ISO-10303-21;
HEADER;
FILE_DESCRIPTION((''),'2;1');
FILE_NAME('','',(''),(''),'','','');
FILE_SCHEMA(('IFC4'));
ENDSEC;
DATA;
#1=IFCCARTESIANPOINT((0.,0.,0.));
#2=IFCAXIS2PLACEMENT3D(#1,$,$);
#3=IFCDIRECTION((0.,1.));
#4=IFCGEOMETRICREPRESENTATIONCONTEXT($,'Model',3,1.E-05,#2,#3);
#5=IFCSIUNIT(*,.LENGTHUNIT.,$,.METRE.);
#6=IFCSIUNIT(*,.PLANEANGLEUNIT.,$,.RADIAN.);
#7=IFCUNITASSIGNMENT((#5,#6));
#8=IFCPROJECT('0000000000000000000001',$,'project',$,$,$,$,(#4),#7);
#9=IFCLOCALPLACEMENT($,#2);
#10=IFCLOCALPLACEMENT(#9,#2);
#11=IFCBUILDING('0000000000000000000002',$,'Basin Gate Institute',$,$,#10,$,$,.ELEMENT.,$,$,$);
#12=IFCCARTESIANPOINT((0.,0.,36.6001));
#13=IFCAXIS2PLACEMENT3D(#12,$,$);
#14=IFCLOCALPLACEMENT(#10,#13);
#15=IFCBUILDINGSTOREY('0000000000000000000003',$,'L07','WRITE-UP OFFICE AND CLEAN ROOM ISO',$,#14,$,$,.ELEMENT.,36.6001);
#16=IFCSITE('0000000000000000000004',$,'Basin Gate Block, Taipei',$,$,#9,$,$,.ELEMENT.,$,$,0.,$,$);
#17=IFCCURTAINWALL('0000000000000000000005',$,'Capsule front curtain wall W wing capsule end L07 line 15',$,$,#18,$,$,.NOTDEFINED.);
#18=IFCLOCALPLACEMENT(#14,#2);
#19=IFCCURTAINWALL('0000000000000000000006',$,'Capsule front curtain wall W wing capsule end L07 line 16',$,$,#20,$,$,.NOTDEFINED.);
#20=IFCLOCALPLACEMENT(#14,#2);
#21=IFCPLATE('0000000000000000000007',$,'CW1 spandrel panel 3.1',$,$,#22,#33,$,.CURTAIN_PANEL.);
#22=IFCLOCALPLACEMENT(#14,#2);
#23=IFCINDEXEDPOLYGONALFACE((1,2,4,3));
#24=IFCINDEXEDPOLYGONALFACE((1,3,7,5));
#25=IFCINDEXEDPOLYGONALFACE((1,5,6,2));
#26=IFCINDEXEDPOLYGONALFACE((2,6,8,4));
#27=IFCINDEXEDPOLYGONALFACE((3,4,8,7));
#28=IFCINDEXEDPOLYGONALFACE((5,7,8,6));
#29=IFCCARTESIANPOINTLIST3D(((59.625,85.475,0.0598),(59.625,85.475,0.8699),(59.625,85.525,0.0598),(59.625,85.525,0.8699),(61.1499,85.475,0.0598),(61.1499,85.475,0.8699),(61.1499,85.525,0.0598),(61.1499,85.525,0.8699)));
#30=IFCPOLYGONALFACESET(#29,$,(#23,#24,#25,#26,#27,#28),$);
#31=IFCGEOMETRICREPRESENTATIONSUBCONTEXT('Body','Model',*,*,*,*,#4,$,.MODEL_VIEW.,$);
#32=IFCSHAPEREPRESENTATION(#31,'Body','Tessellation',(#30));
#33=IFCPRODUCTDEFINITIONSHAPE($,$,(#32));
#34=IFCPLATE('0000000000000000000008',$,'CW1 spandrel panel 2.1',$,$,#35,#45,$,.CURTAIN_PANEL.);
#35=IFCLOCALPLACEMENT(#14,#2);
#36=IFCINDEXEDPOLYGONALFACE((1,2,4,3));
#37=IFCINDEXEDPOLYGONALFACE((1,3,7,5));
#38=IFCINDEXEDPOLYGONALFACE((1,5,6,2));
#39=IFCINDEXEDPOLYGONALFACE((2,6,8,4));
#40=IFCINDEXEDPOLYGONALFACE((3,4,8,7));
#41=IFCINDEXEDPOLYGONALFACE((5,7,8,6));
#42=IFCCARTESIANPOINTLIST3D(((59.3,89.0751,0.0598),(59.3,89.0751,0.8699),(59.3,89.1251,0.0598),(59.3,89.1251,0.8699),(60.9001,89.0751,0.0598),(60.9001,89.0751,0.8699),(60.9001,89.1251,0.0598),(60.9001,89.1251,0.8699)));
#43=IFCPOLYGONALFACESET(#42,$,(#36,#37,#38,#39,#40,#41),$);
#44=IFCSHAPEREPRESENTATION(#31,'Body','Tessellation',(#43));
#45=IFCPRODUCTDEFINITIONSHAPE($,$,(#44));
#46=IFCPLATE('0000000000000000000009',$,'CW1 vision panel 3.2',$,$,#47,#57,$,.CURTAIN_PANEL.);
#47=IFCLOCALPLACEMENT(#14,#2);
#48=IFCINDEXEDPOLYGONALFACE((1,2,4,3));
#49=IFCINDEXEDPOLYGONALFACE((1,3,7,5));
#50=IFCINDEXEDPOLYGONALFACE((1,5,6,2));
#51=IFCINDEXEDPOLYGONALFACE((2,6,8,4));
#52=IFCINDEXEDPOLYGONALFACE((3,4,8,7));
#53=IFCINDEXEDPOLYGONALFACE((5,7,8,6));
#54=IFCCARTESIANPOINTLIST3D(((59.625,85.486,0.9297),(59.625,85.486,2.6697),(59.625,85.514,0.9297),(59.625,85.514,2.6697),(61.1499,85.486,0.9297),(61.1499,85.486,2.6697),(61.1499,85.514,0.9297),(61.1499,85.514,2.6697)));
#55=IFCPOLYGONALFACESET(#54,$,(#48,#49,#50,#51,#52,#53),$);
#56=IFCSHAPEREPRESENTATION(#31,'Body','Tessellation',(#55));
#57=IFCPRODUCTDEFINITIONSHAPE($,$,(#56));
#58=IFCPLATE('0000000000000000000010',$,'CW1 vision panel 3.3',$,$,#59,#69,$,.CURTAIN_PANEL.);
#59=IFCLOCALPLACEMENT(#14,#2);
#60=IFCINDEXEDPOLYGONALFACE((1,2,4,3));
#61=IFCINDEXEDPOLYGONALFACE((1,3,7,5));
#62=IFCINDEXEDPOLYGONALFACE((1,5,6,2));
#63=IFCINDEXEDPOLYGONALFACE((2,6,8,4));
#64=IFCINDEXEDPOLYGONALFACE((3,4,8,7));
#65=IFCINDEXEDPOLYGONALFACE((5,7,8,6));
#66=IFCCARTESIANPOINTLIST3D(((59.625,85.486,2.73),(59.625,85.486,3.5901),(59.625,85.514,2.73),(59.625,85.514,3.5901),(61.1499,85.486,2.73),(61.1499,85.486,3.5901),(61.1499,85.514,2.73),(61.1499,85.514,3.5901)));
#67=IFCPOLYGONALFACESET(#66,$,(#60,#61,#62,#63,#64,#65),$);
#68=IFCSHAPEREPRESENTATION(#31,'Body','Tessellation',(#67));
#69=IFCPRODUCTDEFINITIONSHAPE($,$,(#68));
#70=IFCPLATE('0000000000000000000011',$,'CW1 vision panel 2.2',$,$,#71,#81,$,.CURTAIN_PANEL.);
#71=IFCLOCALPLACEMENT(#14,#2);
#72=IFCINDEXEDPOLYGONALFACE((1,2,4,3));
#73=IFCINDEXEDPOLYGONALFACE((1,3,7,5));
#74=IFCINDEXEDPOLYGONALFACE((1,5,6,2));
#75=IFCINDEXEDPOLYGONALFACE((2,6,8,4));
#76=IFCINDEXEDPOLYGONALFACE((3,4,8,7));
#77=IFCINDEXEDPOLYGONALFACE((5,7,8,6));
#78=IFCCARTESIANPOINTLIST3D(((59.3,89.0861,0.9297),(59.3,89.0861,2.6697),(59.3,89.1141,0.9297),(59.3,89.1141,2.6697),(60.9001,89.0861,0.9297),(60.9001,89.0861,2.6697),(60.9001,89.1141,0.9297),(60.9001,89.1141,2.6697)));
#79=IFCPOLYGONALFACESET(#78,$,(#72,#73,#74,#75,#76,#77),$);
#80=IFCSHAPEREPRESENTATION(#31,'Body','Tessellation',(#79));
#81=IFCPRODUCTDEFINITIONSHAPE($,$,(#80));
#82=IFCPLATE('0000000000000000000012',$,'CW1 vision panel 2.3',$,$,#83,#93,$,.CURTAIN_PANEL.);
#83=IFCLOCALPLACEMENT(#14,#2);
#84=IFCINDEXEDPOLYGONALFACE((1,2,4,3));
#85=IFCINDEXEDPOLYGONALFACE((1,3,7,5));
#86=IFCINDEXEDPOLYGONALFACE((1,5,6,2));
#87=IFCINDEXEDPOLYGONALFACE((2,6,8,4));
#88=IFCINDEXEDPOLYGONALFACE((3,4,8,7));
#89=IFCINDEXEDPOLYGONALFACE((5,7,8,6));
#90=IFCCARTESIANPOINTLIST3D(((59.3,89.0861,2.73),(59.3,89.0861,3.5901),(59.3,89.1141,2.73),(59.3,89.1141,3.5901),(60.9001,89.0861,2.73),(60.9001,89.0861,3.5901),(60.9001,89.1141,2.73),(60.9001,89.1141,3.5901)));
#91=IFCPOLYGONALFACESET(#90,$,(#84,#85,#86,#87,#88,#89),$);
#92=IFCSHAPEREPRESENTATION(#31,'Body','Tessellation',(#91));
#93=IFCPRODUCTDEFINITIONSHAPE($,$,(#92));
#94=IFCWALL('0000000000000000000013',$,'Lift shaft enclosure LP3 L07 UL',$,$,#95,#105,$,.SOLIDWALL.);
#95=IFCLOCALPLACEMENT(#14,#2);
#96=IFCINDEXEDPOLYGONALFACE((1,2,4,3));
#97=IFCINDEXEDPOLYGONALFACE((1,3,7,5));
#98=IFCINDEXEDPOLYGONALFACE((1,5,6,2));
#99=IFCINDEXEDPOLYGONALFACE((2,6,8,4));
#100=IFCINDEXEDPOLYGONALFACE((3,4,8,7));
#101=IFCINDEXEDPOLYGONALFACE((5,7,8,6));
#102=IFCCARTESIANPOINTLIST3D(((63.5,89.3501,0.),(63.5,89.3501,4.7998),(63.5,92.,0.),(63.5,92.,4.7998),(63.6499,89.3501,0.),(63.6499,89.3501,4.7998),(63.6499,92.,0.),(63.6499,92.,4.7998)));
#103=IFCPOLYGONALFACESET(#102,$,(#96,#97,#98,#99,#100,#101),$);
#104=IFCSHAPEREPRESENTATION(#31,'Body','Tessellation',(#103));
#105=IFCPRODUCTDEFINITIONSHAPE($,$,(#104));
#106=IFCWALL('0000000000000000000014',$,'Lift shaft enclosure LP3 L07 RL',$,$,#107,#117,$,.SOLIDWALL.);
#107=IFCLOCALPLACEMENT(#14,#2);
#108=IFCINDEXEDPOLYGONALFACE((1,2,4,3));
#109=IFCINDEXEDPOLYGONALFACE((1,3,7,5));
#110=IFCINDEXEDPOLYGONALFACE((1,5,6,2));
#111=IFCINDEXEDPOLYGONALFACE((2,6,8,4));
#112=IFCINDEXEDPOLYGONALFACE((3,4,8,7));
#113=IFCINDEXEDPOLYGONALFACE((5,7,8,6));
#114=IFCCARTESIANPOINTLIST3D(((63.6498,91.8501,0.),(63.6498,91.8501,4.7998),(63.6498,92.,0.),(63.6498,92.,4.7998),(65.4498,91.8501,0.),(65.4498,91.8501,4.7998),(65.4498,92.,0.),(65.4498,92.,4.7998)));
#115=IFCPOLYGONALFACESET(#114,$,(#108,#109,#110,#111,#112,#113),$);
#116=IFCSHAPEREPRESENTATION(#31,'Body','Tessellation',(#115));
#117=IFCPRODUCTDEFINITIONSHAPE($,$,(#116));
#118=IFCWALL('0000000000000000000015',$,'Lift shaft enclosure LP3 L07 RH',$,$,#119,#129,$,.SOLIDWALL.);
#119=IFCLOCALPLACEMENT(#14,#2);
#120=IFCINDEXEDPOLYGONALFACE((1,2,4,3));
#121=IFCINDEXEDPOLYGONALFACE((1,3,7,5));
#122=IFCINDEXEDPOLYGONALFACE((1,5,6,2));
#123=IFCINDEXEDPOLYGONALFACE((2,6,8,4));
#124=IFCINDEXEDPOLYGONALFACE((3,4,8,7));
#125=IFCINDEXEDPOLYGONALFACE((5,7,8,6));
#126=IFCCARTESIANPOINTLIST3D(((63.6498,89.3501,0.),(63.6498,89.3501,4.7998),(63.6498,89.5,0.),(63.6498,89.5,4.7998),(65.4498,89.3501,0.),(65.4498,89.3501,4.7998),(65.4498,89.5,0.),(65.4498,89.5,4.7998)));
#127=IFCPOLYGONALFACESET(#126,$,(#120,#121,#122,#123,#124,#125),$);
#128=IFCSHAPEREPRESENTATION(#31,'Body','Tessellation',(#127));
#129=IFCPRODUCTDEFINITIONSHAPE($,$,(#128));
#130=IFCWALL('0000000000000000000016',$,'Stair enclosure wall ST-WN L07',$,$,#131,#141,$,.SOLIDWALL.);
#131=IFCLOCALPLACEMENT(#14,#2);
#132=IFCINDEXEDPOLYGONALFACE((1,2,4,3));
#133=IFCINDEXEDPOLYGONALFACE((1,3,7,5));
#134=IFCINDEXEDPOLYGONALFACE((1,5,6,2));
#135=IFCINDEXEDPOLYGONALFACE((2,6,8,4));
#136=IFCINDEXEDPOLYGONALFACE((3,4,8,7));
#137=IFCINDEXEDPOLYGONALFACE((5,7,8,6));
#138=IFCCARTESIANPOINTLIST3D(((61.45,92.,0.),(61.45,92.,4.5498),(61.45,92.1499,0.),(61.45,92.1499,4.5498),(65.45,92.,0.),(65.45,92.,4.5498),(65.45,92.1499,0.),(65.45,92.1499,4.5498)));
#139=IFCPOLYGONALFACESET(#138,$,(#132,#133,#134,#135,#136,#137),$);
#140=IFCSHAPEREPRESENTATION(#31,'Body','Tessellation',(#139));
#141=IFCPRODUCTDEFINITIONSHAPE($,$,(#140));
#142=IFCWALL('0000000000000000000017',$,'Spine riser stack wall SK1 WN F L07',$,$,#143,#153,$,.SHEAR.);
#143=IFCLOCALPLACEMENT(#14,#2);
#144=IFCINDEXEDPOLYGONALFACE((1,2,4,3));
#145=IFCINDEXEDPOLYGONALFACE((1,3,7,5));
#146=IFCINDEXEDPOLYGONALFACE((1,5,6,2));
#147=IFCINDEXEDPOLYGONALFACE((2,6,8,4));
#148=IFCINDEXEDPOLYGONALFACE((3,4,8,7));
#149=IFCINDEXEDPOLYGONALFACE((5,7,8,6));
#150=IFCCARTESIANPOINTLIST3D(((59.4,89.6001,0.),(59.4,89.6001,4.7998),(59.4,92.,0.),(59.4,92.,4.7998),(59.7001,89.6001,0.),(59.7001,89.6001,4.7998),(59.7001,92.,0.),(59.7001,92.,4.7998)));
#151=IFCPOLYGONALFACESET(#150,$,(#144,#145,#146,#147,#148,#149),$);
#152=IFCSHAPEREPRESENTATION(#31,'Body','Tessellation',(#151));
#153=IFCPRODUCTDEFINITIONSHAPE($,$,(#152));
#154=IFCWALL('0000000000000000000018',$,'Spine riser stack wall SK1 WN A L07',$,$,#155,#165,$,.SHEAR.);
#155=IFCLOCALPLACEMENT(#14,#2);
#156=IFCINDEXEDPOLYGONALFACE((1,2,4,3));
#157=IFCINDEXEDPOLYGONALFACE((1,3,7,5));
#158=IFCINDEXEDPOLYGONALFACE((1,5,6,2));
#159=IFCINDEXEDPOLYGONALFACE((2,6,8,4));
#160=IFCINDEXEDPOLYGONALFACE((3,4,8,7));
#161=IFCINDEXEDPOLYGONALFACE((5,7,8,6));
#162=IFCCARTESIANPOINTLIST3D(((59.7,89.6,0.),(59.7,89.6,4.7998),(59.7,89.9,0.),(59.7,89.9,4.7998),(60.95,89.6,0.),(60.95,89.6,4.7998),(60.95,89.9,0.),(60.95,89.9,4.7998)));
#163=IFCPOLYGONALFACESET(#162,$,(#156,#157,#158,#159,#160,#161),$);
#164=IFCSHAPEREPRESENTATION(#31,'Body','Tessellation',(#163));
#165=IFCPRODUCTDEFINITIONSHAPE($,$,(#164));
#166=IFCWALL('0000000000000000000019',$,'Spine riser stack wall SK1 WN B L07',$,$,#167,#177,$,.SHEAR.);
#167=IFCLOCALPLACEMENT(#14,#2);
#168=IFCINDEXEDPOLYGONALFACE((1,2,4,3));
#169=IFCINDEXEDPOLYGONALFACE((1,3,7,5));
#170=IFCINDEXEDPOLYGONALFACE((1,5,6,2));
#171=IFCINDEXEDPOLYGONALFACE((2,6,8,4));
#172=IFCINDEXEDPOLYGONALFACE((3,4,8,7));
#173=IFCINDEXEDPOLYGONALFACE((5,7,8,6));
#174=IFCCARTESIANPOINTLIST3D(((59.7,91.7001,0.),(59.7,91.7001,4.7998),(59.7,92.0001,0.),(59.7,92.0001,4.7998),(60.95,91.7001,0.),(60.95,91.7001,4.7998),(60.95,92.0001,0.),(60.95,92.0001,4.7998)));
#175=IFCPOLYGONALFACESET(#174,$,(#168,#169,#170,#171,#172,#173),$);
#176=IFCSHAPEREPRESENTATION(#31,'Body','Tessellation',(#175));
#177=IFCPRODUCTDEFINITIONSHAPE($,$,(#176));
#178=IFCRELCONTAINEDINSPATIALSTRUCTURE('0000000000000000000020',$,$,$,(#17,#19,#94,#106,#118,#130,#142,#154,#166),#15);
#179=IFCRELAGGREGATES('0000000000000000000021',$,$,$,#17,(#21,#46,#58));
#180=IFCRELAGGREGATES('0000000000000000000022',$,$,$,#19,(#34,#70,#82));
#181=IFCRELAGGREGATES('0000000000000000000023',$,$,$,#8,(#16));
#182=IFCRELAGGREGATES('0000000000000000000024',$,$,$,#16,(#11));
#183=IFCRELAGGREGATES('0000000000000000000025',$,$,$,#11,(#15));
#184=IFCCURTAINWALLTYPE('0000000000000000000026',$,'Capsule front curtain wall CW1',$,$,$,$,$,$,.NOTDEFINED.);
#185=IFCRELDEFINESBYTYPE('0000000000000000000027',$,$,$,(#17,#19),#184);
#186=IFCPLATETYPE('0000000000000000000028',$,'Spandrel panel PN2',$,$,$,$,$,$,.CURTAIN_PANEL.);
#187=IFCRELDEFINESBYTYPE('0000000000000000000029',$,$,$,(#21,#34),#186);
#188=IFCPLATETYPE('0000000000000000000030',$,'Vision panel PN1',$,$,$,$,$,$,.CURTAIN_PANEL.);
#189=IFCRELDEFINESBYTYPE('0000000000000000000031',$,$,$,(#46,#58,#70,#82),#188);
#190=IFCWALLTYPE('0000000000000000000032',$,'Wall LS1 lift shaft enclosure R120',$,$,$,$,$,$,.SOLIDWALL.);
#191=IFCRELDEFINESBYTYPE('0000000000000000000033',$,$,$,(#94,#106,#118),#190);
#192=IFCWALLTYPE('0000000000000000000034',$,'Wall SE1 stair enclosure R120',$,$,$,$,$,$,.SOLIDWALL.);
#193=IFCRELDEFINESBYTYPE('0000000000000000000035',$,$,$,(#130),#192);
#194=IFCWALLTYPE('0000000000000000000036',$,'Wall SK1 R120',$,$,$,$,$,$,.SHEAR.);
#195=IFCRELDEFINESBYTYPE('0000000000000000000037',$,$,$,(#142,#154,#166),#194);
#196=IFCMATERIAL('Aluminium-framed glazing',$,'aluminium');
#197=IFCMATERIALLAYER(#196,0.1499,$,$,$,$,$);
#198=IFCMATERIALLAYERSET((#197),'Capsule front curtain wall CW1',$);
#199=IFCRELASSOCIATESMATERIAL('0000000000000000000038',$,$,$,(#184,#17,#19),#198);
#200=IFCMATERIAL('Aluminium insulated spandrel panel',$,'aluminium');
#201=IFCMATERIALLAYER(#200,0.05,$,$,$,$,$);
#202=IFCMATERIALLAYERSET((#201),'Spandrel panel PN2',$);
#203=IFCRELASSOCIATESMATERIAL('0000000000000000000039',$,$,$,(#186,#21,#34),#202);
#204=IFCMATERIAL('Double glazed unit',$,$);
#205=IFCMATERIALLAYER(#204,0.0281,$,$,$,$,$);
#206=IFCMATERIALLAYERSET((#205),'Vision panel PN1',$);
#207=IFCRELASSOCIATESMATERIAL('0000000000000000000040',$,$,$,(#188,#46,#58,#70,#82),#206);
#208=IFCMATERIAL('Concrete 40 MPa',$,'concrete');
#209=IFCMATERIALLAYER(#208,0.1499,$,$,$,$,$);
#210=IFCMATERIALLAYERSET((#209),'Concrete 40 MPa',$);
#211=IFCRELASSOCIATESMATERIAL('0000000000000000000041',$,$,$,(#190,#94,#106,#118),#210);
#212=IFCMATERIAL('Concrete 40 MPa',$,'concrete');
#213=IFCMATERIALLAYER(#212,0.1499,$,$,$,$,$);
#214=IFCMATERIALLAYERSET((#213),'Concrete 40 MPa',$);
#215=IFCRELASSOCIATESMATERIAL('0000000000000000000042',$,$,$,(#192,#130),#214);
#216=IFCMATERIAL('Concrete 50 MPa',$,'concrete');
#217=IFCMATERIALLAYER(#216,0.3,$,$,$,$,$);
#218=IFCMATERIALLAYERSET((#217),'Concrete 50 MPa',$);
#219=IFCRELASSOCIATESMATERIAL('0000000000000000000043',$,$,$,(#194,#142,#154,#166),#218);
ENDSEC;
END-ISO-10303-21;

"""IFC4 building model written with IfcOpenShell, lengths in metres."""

from ifc_helpers import new_model, si_unit, direction, frame, frame_2d, origin, origin_2d, place, context, subcontext, project, spatial, rectangle, extrude, material, layer, layer_set, type_object, element, aggregate, save


model = new_model("IFC4")

# Units and contexts
model_context = context("Model", 3, precision=1e-05, world=origin(), true_north=direction((0.0, 1.0)))
body_context = subcontext(model_context, "Body", "Model", "MODEL_VIEW")
ifc_project = project(units=[si_unit("LENGTHUNIT", "METRE"), si_unit("PLANEANGLEUNIT", "RADIAN")], contexts=[model_context])

# Site, building, storey
site_placement = place(None, origin())
site = spatial("IfcSite", under=ifc_project, at=site_placement, Name="Basin Gate Block, Taipei", CompositionType="ELEMENT", RefElevation=0.0)
building_placement = place(site_placement, origin())
building = spatial("IfcBuilding", under=site, at=building_placement, Name="Basin Gate Institute", CompositionType="ELEMENT")
storey_placement = place(building_placement, frame((0.0, 0.0, 36.6001)))
storey = spatial("IfcBuildingStorey", under=building, at=storey_placement, Name="L07", Description="WRITE-UP OFFICE AND CLEAN ROOM ISO", CompositionType="ELEMENT", Elevation=36.6001)

# Curtain walls
ifc_material_1 = material(Name="Aluminium-framed glazing", Category="aluminium")
ifc_layer_1 = layer(ifc_material_1, 0.1499)
ifc_layer_set_1 = layer_set([ifc_layer_1], Name="Capsule front curtain wall CW1")
curtain_wall_type = type_object("IfcCurtainWallType", Name="Capsule front curtain wall CW1", PredefinedType="NOTDEFINED", material=ifc_layer_set_1)
curtain_wall_1_placement = place(storey_placement, origin())
curtain_wall_1 = element("IfcCurtainWall", 1, at=curtain_wall_1_placement, inside=storey, type_object=curtain_wall_type, material=ifc_layer_set_1, Name="Capsule front curtain wall W wing capsule end L07 line 15", PredefinedType="NOTDEFINED")
curtain_wall_2_placement = place(storey_placement, origin())
curtain_wall_2 = element("IfcCurtainWall", 2, at=curtain_wall_2_placement, inside=storey, type_object=curtain_wall_type, material=ifc_layer_set_1, Name="Capsule front curtain wall W wing capsule end L07 line 16", PredefinedType="NOTDEFINED")

# Plates
ifc_material_2 = material(Name="Aluminium insulated spandrel panel", Category="aluminium")
ifc_layer_2 = layer(ifc_material_2, 0.05)
ifc_layer_set_2 = layer_set([ifc_layer_2], Name="Spandrel panel PN2")
plate_type_1 = type_object("IfcPlateType", Name="Spandrel panel PN2", PredefinedType="CURTAIN_PANEL", material=ifc_layer_set_2)
plate_1_placement = place(storey_placement, frame((60.3875, 85.5, 0.0598), z_axis=(0.0, 0.0, 1.0), x_axis=(1.0, 0.0, 0.0)))
plate_1 = element("IfcPlate", 3, at=plate_1_placement, type_object=plate_type_1, material=ifc_layer_set_2, Name="CW1 spandrel panel 3.1", PredefinedType="CURTAIN_PANEL", context=body_context, shape_type="SweptSolid", body=[
    extrude(rectangle(XDim=1.5249, YDim=0.05, at=origin_2d()), origin(), (0.0, 0.0, 1.0), 0.8101),
])
plate_2_placement = place(storey_placement, frame((60.1001, 89.1001, 0.0598), z_axis=(0.0, 0.0, 1.0), x_axis=(1.0, 0.0, 0.0)))
plate_2 = element("IfcPlate", 4, at=plate_2_placement, type_object=plate_type_1, material=ifc_layer_set_2, Name="CW1 spandrel panel 2.1", PredefinedType="CURTAIN_PANEL", context=body_context, shape_type="SweptSolid", body=[
    extrude(rectangle(XDim=1.6001, YDim=0.05, at=origin_2d()), origin(), (0.0, 0.0, 1.0), 0.8101),
])
ifc_material_3 = material(Name="Double glazed unit")
ifc_layer_3 = layer(ifc_material_3, 0.0281)
ifc_layer_set_3 = layer_set([ifc_layer_3], Name="Vision panel PN1")
plate_type_2 = type_object("IfcPlateType", Name="Vision panel PN1", PredefinedType="CURTAIN_PANEL", material=ifc_layer_set_3)
plate_3_placement = place(storey_placement, frame((60.3875, 85.5, 0.9297), z_axis=(0.0, 0.0, 1.0), x_axis=(1.0, 0.0, 0.0)))
plate_3 = element("IfcPlate", 5, at=plate_3_placement, type_object=plate_type_2, material=ifc_layer_set_3, Name="CW1 vision panel 3.2", PredefinedType="CURTAIN_PANEL", context=body_context, shape_type="SweptSolid", body=[
    extrude(rectangle(XDim=1.5249, YDim=0.0281, at=origin_2d()), origin(), (0.0, 0.0, 1.0), 1.74),
])
plate_4_placement = place(storey_placement, frame((60.3875, 85.5, 2.73), z_axis=(0.0, 0.0, 1.0), x_axis=(1.0, 0.0, 0.0)))
plate_4 = element("IfcPlate", 6, at=plate_4_placement, type_object=plate_type_2, material=ifc_layer_set_3, Name="CW1 vision panel 3.3", PredefinedType="CURTAIN_PANEL", context=body_context, shape_type="SweptSolid", body=[
    extrude(rectangle(XDim=1.5249, YDim=0.0281, at=origin_2d()), origin(), (0.0, 0.0, 1.0), 0.8601),
])
aggregate(curtain_wall_1, [plate_1, plate_3, plate_4])
plate_5_placement = place(storey_placement, frame((60.1001, 89.1001, 0.9297), z_axis=(0.0, 0.0, 1.0), x_axis=(1.0, 0.0, 0.0)))
plate_5 = element("IfcPlate", 7, at=plate_5_placement, type_object=plate_type_2, material=ifc_layer_set_3, Name="CW1 vision panel 2.2", PredefinedType="CURTAIN_PANEL", context=body_context, shape_type="SweptSolid", body=[
    extrude(rectangle(XDim=1.6001, YDim=0.0281, at=origin_2d()), origin(), (0.0, 0.0, 1.0), 1.74),
])
plate_6_placement = place(storey_placement, frame((60.1001, 89.1001, 2.73), z_axis=(0.0, 0.0, 1.0), x_axis=(1.0, 0.0, 0.0)))
plate_6 = element("IfcPlate", 8, at=plate_6_placement, type_object=plate_type_2, material=ifc_layer_set_3, Name="CW1 vision panel 2.3", PredefinedType="CURTAIN_PANEL", context=body_context, shape_type="SweptSolid", body=[
    extrude(rectangle(XDim=1.6001, YDim=0.0281, at=origin_2d()), origin(), (0.0, 0.0, 1.0), 0.8601),
])
aggregate(curtain_wall_2, [plate_2, plate_5, plate_6])

# Walls
ifc_material_4 = material(Name="Concrete 40 MPa", Category="concrete")
ifc_layer_4 = layer(ifc_material_4, 0.1499)
ifc_layer_set_4 = layer_set([ifc_layer_4], Name="Concrete 40 MPa")
wall_type_1 = type_object("IfcWallType", Name="Wall LS1 lift shaft enclosure R120", PredefinedType="SOLIDWALL", material=ifc_layer_set_4)
wall_1_placement = place(storey_placement, frame((63.575, 92.0, 0.0), z_axis=(0.0, 0.0, 1.0), x_axis=(0.0, -1.0, 0.0)))
element("IfcWall", 9, at=wall_1_placement, inside=storey, type_object=wall_type_1, material=ifc_layer_set_4, Name="Lift shaft enclosure LP3 L07 UL", PredefinedType="SOLIDWALL", context=body_context, shape_type="SweptSolid", body=[
    extrude(rectangle(XDim=2.6499, YDim=0.1499, at=frame_2d((1.325, 0.0))), origin(), (0.0, 0.0, 1.0), 4.7998),
])
for number, where, z_axis, x_axis, name in (
    (10, (63.6499, 91.925, 0.0), (0.0, 0.0, 1.0), (1.0, 0.0, 0.0), "Lift shaft enclosure LP3 L07 RL"),
    (11, (63.6499, 89.425, 0.0), (0.0, 0.0, 1.0), (1.0, 0.0, 0.0), "Lift shaft enclosure LP3 L07 RH"),
):
    element("IfcWall", number, at=place(storey_placement, frame(where, z_axis=z_axis, x_axis=x_axis)), inside=storey, type_object=wall_type_1, material=ifc_layer_set_4, Name=name, PredefinedType="SOLIDWALL", context=body_context, shape_type="SweptSolid", body=[
        extrude(rectangle(XDim=1.8, YDim=0.1499, at=frame_2d((0.8999, 0.0))), origin(), (0.0, 0.0, 1.0), 4.7998),
    ])
ifc_material_5 = material(Name="Concrete 40 MPa", Category="concrete")
ifc_layer_5 = layer(ifc_material_5, 0.1499)
ifc_layer_set_5 = layer_set([ifc_layer_5], Name="Concrete 40 MPa")
wall_type_2 = type_object("IfcWallType", Name="Wall SE1 stair enclosure R120", PredefinedType="SOLIDWALL", material=ifc_layer_set_5)
wall_2_placement = place(storey_placement, frame((61.45, 92.075, 0.0), z_axis=(0.0, 0.0, 1.0), x_axis=(1.0, 0.0, 0.0)))
element("IfcWall", 12, at=wall_2_placement, inside=storey, type_object=wall_type_2, material=ifc_layer_set_5, Name="Stair enclosure wall ST-WN L07", PredefinedType="SOLIDWALL", context=body_context, shape_type="SweptSolid", body=[
    extrude(rectangle(XDim=4.0, YDim=0.1499, at=frame_2d((2.0, 0.0))), origin(), (0.0, 0.0, 1.0), 4.5498),
])
ifc_material_6 = material(Name="Concrete 50 MPa", Category="concrete")
ifc_layer_6 = layer(ifc_material_6, 0.3)
ifc_layer_set_6 = layer_set([ifc_layer_6], Name="Concrete 50 MPa")
wall_type_3 = type_object("IfcWallType", Name="Wall SK1 R120", PredefinedType="SHEAR", material=ifc_layer_set_6)
wall_3_placement = place(storey_placement, frame((59.55, 89.6001, 0.0), z_axis=(0.0, 0.0, 1.0), x_axis=(0.0, 1.0, 0.0)))
element("IfcWall", 13, at=wall_3_placement, inside=storey, type_object=wall_type_3, material=ifc_layer_set_6, Name="Spine riser stack wall SK1 WN F L07", PredefinedType="SHEAR", context=body_context, shape_type="SweptSolid", body=[
    extrude(rectangle(XDim=2.3999, YDim=0.3, at=frame_2d((1.2, 0.0))), origin(), (0.0, 0.0, 1.0), 4.7998),
])
for number, where, z_axis, x_axis, name in (
    (14, (60.95, 89.75, 0.0), (0.0, 0.0, 1.0), (-1.0, 0.0, 0.0), "Spine riser stack wall SK1 WN A L07"),
    (15, (60.95, 91.8501, 0.0), (0.0, 0.0, 1.0), (-1.0, 0.0, 0.0), "Spine riser stack wall SK1 WN B L07"),
):
    element("IfcWall", number, at=place(storey_placement, frame(where, z_axis=z_axis, x_axis=x_axis)), inside=storey, type_object=wall_type_3, material=ifc_layer_set_6, Name=name, PredefinedType="SHEAR", context=body_context, shape_type="SweptSolid", body=[
        extrude(rectangle(XDim=1.25, YDim=0.3, at=frame_2d((0.625, 0.0))), origin(), (0.0, 0.0, 1.0), 4.7998),
    ])

save(model, "model.ifc")
